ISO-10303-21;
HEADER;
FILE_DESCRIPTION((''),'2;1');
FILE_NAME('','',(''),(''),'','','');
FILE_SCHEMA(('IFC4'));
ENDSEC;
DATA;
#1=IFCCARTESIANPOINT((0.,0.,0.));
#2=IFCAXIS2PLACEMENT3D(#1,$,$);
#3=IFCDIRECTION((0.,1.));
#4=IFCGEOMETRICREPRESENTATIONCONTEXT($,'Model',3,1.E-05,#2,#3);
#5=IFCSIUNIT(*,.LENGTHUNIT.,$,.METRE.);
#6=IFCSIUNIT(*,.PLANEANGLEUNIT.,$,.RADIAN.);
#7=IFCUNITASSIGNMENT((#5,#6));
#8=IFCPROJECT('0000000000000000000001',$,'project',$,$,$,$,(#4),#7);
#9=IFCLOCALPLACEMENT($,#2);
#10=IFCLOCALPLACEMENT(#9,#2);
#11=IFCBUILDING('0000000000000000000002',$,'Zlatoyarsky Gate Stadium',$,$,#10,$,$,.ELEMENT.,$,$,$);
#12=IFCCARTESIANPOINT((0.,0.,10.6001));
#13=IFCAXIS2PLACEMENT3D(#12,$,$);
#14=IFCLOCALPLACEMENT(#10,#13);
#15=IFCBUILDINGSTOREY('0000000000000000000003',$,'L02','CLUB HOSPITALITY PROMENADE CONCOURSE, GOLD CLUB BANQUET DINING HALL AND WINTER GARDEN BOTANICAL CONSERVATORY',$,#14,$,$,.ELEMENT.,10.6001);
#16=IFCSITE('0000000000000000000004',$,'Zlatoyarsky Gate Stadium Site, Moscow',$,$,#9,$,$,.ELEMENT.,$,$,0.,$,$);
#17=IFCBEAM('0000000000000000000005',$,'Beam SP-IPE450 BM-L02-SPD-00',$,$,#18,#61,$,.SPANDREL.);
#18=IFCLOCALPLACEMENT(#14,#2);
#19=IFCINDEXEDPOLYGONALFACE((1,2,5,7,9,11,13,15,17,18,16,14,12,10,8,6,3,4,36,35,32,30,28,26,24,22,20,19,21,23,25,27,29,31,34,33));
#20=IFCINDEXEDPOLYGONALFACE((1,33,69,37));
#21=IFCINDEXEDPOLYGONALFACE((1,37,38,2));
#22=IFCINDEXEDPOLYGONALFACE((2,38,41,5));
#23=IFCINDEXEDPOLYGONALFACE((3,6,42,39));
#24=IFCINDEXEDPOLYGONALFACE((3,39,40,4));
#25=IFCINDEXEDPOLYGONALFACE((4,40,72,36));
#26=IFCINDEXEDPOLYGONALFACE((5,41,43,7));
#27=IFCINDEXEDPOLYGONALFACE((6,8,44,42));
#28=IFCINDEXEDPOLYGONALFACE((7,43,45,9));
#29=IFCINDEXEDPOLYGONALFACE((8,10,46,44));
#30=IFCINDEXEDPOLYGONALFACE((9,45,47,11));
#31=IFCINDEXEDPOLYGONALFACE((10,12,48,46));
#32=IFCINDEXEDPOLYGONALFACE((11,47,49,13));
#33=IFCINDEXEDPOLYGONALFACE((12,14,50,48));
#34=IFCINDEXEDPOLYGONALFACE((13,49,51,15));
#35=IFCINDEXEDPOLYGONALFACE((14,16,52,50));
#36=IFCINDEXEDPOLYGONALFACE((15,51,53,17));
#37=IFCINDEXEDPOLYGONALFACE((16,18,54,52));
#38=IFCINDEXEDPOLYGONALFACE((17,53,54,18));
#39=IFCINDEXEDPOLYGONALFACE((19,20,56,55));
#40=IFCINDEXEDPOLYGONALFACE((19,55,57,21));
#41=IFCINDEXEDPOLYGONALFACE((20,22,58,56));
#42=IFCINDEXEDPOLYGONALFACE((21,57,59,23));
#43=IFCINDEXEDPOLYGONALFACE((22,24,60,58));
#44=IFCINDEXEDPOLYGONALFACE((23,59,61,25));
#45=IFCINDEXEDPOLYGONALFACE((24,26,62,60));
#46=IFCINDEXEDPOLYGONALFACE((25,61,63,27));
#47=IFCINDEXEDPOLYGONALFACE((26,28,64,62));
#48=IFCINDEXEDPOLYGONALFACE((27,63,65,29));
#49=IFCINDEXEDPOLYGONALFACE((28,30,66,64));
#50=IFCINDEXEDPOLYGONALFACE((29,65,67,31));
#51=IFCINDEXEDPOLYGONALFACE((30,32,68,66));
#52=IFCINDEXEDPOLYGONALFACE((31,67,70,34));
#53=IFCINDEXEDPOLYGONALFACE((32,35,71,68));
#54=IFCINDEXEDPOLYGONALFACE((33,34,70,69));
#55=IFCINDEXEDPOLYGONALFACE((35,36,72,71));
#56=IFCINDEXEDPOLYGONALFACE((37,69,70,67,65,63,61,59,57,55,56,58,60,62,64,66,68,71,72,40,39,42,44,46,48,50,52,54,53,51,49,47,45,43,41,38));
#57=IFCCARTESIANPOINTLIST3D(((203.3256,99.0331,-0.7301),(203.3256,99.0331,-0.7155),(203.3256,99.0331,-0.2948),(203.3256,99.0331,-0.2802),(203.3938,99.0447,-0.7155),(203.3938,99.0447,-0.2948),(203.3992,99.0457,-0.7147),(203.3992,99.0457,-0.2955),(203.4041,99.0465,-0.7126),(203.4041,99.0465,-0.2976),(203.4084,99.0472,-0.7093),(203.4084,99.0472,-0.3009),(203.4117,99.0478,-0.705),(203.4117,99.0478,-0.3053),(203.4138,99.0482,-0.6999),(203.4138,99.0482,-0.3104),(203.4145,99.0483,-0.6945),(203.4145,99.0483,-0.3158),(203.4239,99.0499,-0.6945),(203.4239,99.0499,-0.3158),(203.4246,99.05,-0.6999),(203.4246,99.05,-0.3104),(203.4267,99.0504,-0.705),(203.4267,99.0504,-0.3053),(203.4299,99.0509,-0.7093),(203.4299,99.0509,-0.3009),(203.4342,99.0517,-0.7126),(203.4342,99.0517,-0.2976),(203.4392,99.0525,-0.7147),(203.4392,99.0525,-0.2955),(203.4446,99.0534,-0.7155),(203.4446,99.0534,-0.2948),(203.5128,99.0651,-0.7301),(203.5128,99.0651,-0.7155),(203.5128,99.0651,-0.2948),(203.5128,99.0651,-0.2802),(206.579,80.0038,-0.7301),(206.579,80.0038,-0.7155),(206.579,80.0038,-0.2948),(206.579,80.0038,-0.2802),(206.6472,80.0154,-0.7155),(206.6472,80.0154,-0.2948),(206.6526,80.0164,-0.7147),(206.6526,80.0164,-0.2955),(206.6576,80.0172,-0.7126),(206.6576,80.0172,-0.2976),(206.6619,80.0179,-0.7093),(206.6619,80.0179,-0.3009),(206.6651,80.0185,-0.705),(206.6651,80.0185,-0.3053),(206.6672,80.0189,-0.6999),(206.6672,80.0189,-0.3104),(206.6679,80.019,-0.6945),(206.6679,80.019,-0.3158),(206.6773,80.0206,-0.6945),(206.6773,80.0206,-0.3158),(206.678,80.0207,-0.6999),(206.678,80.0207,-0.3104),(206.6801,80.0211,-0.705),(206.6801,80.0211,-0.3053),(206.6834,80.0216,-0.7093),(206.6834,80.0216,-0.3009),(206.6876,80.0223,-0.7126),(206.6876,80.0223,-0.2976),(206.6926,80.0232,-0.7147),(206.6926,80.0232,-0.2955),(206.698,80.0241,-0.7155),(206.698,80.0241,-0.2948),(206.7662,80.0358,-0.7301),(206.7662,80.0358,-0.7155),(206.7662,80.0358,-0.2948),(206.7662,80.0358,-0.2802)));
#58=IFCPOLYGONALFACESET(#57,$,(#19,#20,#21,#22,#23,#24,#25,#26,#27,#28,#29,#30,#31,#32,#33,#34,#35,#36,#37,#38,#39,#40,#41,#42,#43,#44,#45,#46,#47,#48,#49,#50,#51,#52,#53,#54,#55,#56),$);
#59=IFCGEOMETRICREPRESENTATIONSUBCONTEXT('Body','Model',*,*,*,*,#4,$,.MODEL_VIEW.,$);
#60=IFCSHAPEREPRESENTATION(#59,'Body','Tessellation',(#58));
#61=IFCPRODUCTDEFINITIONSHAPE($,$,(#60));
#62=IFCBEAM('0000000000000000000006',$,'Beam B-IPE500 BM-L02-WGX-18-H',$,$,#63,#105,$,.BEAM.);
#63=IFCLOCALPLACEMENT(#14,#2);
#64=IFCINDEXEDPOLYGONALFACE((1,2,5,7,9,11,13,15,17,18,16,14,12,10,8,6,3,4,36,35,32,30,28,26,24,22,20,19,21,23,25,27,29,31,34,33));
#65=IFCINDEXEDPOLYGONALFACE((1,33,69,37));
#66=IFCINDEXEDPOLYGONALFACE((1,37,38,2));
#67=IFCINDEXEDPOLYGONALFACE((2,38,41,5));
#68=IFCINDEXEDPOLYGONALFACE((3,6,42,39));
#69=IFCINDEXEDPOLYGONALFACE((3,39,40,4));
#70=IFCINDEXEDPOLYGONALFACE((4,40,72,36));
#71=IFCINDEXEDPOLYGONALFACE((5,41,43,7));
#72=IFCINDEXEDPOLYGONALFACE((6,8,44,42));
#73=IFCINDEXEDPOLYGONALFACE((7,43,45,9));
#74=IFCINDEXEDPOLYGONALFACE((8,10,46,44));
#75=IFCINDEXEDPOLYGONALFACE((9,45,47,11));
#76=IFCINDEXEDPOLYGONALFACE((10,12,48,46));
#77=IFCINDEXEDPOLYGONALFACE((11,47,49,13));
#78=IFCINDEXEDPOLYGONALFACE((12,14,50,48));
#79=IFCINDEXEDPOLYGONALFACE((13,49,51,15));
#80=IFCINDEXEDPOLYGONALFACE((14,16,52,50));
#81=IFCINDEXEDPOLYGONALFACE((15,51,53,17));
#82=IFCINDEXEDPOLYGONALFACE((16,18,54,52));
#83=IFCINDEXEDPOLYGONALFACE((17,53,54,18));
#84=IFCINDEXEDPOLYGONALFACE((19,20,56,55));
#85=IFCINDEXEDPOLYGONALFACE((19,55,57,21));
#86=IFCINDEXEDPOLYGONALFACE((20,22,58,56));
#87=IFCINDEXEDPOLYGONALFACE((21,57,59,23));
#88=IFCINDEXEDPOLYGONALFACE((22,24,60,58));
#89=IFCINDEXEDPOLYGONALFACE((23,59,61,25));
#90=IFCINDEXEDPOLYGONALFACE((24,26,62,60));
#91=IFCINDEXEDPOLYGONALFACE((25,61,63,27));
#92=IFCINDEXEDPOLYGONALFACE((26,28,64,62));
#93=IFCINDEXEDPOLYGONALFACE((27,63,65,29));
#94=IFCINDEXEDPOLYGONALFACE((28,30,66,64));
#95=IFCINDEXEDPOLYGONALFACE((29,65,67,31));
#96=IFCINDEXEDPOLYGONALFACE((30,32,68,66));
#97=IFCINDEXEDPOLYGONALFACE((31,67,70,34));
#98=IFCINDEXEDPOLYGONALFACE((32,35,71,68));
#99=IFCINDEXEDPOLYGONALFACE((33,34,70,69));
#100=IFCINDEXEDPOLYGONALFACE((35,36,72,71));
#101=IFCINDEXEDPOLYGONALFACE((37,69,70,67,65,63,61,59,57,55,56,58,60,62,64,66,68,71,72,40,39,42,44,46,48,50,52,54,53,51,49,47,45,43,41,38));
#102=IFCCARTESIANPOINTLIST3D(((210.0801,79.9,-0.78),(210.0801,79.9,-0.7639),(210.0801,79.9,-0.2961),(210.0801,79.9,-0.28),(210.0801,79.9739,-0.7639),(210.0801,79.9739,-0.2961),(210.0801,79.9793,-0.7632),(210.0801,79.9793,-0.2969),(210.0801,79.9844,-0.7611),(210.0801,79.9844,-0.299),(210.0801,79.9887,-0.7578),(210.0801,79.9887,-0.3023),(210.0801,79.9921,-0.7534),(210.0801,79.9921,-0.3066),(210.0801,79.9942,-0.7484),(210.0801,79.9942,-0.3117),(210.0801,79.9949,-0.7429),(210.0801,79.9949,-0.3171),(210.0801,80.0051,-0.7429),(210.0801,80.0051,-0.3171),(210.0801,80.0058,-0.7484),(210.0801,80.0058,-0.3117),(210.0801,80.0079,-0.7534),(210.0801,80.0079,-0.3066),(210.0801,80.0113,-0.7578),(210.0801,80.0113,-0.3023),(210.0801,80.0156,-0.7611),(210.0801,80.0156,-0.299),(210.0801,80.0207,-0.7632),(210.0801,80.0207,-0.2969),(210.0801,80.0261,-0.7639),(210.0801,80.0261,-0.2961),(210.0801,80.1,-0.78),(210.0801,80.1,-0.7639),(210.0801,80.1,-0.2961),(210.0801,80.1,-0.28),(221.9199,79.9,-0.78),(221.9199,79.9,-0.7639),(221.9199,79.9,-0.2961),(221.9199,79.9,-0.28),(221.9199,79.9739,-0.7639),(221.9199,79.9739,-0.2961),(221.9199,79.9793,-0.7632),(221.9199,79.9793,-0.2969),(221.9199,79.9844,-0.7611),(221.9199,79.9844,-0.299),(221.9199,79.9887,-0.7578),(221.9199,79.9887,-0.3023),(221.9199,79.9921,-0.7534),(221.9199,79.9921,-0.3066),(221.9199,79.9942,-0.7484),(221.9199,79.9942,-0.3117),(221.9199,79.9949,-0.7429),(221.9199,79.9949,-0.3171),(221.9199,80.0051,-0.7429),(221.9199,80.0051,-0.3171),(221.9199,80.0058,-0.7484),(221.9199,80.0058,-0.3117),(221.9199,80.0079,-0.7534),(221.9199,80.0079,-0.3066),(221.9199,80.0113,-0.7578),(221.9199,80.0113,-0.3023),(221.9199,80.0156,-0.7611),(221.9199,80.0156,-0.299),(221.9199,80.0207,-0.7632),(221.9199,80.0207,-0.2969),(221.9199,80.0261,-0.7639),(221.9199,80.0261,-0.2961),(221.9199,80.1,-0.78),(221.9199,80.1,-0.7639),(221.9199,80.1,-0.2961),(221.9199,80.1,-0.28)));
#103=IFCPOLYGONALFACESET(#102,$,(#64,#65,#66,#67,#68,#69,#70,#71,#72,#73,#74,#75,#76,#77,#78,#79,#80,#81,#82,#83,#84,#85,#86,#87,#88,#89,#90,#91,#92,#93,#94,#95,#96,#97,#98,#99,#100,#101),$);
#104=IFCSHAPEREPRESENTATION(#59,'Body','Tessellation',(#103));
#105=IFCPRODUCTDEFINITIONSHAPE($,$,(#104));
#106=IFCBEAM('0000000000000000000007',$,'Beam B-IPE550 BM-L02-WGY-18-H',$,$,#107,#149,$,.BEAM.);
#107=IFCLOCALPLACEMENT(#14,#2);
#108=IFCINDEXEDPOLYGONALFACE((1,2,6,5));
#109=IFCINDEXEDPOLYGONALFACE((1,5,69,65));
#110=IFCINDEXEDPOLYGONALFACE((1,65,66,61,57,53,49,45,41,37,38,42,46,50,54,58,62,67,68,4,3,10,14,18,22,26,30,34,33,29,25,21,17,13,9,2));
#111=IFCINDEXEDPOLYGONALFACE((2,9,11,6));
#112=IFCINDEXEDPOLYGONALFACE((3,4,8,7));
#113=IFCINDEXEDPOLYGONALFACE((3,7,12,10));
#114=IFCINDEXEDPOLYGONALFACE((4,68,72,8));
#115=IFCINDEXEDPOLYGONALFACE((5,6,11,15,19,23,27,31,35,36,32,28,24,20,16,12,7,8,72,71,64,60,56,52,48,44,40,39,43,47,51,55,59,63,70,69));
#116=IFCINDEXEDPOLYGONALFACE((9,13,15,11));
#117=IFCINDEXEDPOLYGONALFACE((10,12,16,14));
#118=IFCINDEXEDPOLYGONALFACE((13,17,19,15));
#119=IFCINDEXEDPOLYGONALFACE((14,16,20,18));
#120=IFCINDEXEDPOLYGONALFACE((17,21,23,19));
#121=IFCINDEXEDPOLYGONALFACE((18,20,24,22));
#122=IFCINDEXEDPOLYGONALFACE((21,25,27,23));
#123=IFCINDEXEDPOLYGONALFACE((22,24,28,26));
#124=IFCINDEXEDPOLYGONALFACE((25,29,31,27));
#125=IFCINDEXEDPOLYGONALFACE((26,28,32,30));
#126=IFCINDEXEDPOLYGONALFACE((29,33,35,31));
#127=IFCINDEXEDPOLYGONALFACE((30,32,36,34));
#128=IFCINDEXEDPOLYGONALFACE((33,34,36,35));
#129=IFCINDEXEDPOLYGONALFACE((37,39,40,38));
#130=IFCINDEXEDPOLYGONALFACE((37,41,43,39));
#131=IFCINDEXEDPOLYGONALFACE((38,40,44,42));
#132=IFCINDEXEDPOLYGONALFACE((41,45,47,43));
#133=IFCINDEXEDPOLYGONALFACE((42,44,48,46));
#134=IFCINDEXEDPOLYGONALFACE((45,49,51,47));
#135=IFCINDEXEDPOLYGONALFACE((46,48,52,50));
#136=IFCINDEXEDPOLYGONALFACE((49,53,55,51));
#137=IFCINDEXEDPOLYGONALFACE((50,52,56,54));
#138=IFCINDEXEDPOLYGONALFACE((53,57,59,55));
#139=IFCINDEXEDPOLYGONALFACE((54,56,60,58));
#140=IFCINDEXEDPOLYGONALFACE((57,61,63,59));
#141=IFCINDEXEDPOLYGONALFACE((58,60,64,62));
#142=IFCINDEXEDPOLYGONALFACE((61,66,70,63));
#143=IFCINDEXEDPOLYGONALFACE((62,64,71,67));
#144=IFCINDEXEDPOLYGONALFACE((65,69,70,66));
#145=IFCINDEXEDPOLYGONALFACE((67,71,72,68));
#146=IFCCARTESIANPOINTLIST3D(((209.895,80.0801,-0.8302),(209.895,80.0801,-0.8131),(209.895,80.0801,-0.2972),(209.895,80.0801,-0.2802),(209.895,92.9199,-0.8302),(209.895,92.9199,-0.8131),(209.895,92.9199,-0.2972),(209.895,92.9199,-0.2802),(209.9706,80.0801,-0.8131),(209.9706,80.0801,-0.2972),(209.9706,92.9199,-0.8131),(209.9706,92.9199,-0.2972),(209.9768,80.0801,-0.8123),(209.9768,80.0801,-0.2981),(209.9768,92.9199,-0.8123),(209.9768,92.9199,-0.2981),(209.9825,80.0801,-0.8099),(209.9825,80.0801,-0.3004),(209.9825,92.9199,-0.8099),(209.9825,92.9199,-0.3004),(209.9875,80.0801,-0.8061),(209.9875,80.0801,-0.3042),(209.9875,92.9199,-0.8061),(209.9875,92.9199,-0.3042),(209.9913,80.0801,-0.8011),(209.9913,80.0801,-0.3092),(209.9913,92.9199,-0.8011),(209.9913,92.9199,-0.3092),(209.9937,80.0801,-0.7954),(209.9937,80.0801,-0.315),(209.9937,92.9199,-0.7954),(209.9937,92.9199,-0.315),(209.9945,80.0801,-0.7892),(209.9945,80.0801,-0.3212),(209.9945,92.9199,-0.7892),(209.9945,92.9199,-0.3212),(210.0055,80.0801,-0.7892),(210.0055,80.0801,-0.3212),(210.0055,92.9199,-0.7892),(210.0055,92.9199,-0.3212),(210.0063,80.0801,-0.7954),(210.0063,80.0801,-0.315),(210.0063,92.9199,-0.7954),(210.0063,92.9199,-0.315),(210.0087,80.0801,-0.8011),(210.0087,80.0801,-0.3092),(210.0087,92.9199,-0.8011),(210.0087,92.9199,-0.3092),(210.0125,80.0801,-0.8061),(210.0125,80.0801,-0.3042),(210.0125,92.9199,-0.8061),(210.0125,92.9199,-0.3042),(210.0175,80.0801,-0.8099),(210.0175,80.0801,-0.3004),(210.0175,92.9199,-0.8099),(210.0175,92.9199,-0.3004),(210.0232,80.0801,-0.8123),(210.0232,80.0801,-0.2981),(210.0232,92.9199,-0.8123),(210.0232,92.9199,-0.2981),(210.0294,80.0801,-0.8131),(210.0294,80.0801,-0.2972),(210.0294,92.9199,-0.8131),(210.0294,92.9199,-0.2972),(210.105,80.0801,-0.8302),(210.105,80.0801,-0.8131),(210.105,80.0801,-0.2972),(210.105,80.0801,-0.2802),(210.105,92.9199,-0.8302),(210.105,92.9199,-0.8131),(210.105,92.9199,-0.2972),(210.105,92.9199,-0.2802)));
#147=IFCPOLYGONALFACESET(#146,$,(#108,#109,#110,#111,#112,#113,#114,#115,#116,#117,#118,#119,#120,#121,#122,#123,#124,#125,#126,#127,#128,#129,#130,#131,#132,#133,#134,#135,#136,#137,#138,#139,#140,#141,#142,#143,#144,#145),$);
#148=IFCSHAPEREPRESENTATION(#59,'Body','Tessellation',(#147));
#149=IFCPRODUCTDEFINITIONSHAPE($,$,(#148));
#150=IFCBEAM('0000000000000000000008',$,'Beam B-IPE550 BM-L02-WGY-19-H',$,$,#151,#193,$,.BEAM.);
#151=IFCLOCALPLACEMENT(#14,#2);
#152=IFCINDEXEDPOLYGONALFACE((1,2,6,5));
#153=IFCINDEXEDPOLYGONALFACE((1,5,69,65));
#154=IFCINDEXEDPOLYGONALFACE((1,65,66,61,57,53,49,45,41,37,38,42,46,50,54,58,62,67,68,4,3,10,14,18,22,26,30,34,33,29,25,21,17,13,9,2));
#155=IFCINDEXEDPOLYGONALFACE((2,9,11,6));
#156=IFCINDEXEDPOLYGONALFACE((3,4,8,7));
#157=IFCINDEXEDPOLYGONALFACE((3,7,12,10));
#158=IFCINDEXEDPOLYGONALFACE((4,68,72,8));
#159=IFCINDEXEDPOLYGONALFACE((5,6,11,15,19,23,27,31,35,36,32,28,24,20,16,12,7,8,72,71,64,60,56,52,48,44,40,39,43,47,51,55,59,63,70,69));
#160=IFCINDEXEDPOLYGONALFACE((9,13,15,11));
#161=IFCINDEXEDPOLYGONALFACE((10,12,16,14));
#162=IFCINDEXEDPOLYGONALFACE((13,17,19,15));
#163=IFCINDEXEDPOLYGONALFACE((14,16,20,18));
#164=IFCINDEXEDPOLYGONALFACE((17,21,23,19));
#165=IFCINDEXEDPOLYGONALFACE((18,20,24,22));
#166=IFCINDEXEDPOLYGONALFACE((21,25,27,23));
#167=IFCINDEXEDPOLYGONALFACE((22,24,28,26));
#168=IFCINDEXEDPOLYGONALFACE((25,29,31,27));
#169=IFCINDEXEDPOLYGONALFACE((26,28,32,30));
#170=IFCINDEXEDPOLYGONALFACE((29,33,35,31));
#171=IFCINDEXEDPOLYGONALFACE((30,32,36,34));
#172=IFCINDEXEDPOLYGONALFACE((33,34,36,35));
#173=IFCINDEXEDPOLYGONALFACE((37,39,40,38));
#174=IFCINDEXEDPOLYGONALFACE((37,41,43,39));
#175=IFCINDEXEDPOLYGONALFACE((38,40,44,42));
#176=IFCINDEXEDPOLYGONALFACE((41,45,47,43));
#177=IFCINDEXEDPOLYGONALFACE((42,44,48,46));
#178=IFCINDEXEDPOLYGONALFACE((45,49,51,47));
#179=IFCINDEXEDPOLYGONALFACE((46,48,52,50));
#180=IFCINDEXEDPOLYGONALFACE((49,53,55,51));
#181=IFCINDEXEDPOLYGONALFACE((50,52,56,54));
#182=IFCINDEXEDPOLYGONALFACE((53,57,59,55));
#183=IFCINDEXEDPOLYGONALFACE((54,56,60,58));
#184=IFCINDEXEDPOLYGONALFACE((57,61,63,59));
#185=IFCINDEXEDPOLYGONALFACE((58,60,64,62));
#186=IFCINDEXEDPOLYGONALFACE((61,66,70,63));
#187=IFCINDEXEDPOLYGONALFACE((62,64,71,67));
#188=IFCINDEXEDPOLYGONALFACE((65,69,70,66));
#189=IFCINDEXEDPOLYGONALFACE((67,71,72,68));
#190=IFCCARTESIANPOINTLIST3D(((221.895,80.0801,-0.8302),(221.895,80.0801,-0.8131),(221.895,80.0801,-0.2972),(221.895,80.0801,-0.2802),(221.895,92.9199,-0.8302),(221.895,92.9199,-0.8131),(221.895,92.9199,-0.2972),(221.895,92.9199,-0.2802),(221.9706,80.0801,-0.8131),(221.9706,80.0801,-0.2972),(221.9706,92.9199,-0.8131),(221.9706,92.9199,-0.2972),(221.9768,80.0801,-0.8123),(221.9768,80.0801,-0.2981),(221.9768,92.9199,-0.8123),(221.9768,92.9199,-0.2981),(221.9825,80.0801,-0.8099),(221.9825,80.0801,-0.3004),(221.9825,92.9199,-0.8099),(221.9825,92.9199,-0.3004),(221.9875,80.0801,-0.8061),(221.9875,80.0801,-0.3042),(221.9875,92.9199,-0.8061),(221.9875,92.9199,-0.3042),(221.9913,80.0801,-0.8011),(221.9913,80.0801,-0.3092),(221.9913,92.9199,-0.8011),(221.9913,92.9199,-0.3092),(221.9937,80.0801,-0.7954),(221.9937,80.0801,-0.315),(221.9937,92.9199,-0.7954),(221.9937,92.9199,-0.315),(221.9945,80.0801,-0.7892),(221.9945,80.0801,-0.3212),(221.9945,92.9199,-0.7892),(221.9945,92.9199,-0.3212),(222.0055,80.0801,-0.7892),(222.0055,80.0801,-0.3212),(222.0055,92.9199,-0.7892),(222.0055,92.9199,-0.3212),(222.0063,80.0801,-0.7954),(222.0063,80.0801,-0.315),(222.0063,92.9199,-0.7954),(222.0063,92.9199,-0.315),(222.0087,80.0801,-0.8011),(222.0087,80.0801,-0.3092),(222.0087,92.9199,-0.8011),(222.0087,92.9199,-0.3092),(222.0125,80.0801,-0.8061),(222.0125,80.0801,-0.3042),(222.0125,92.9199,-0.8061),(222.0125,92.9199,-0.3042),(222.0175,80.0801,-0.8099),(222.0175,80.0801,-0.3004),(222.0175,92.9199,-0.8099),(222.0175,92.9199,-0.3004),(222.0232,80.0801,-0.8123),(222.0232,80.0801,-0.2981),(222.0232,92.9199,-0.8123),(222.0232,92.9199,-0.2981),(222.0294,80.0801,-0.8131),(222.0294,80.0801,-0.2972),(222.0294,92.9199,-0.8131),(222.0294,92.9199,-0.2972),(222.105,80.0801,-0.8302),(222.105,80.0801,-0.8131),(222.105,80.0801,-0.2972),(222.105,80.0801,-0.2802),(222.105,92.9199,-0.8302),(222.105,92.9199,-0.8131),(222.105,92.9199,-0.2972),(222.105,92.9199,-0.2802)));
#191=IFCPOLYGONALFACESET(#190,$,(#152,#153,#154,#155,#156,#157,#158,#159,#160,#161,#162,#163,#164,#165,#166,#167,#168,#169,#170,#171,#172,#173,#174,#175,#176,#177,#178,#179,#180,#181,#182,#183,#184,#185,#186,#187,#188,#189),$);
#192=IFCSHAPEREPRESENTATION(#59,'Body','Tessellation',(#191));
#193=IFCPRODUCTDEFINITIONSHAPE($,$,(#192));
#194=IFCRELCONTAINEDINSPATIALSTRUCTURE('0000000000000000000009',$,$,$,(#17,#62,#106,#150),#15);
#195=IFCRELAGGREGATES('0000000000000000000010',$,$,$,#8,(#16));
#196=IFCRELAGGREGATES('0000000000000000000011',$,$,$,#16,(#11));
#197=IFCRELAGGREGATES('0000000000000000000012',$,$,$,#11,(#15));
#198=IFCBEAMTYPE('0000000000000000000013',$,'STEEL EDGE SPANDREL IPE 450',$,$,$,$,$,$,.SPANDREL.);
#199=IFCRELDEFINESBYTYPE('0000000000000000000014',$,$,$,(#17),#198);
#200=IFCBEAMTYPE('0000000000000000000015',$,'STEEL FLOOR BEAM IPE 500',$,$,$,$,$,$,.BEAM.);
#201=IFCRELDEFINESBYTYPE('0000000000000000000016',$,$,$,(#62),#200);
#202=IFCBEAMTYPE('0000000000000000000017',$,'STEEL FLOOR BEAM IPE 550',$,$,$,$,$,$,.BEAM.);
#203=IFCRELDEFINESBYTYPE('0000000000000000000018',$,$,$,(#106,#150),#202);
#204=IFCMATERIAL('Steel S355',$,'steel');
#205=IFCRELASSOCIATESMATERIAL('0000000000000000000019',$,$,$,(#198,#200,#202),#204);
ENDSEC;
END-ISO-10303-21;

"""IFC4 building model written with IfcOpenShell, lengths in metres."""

from ifc_helpers import new_model, si_unit, direction, frame, origin, origin_2d, place, context, subcontext, project, spatial, i_section, extrude, material, material_profile, profile_set, type_object, element, save


model = new_model("IFC4")

# Units and contexts
model_context = context("Model", 3, precision=1e-05, world=origin(), true_north=direction((0.0, 1.0)))
body_context = subcontext(model_context, "Body", "Model", "MODEL_VIEW")
ifc_project = project(units=[si_unit("LENGTHUNIT", "METRE"), si_unit("PLANEANGLEUNIT", "RADIAN")], contexts=[model_context])

# Site, building, storey
site_placement = place(None, origin())
site = spatial("IfcSite", under=ifc_project, at=site_placement, Name="Zlatoyarsky Gate Stadium Site, Moscow", CompositionType="ELEMENT", RefElevation=0.0)
building_placement = place(site_placement, origin())
building = spatial("IfcBuilding", under=site, at=building_placement, Name="Zlatoyarsky Gate Stadium", CompositionType="ELEMENT")
storey_placement = place(building_placement, frame((0.0, 0.0, 10.6001)))
storey = spatial("IfcBuildingStorey", under=building, at=storey_placement, Name="L02", Description="CLUB HOSPITALITY PROMENADE CONCOURSE, GOLD CLUB BANQUET DINING HALL AND WINTER GARDEN BOTANICAL CONSERVATORY", CompositionType="ELEMENT", Elevation=10.6001)

# Shared definitions
ifc_material_1 = material(Name="Steel S355", Category="steel")

# Beams
ifc_material_profile_1 = material_profile(ifc_material_1, i_section(OverallWidth=0.1899, OverallDepth=0.45, WebThickness=0.0095, FlangeThickness=0.0146, FilletRadius=0.021, at=origin_2d()), Name="IPE 450")
ifc_profile_set_1 = profile_set([ifc_material_profile_1], Name="Steel S355")
beam_type_1 = type_object("IfcBeamType", Name="STEEL EDGE SPANDREL IPE 450", PredefinedType="SPANDREL", material=ifc_profile_set_1)
beam_1_placement = place(storey_placement, frame((206.6726, 80.0198, -0.5051), z_axis=(-0.168524, 0.985698, 0.0), x_axis=(-0.985698, -0.168524, 0.0)))
element("IfcBeam", 1, at=beam_1_placement, inside=storey, type_object=beam_type_1, Name="Beam SP-IPE450 BM-L02-SPD-00", PredefinedType="SPANDREL", context=body_context, shape_type="SweptSolid", body=[
    extrude(i_section(OverallWidth=0.1899, OverallDepth=0.45, WebThickness=0.0095, FlangeThickness=0.0146, FilletRadius=0.021, at=origin_2d()), origin(), (0.0, 0.0, 1.0), 19.3054),
])
ifc_material_profile_2 = material_profile(ifc_material_1, i_section(OverallWidth=0.2, OverallDepth=0.5, WebThickness=0.0103, FlangeThickness=0.0161, FilletRadius=0.021, at=origin_2d()), Name="IPE 500")
ifc_profile_set_2 = profile_set([ifc_material_profile_2], Name="Steel S355")
beam_type_2 = type_object("IfcBeamType", Name="STEEL FLOOR BEAM IPE 500", PredefinedType="BEAM", material=ifc_profile_set_2)
beam_2_placement = place(storey_placement, frame((210.0801, 80.0, -0.53), z_axis=(1.0, 0.0, 0.0), x_axis=(0.0, 1.0, 0.0)))
element("IfcBeam", 2, at=beam_2_placement, inside=storey, type_object=beam_type_2, Name="Beam B-IPE500 BM-L02-WGX-18-H", PredefinedType="BEAM", context=body_context, shape_type="SweptSolid", body=[
    extrude(i_section(OverallWidth=0.2, OverallDepth=0.5, WebThickness=0.0103, FlangeThickness=0.0161, FilletRadius=0.021, at=origin_2d()), origin(), (0.0, 0.0, 1.0), 11.8398),
])
ifc_material_profile_3 = material_profile(ifc_material_1, i_section(OverallWidth=0.21, OverallDepth=0.55, WebThickness=0.011, FlangeThickness=0.0171, FilletRadius=0.0239, at=origin_2d()), Name="IPE 550")
ifc_profile_set_3 = profile_set([ifc_material_profile_3], Name="Steel S355")
beam_type_3 = type_object("IfcBeamType", Name="STEEL FLOOR BEAM IPE 550", PredefinedType="BEAM", material=ifc_profile_set_3)
for number, where, z_axis, x_axis, name in (
    (3, (210.0, 80.0801, -0.5552), (0.0, 1.0, 0.0), (-1.0, 0.0, 0.0), "Beam B-IPE550 BM-L02-WGY-18-H"),
    (4, (222.0, 80.0801, -0.5552), (0.0, 1.0, 0.0), (-1.0, 0.0, 0.0), "Beam B-IPE550 BM-L02-WGY-19-H"),
):
    element("IfcBeam", number, at=place(storey_placement, frame(where, z_axis=z_axis, x_axis=x_axis)), inside=storey, type_object=beam_type_3, Name=name, PredefinedType="BEAM", context=body_context, shape_type="SweptSolid", body=[
        extrude(i_section(OverallWidth=0.21, OverallDepth=0.55, WebThickness=0.011, FlangeThickness=0.0171, FilletRadius=0.0239, at=origin_2d()), origin(), (0.0, 0.0, 1.0), 12.8398),
    ])

save(model, "model.ifc")
